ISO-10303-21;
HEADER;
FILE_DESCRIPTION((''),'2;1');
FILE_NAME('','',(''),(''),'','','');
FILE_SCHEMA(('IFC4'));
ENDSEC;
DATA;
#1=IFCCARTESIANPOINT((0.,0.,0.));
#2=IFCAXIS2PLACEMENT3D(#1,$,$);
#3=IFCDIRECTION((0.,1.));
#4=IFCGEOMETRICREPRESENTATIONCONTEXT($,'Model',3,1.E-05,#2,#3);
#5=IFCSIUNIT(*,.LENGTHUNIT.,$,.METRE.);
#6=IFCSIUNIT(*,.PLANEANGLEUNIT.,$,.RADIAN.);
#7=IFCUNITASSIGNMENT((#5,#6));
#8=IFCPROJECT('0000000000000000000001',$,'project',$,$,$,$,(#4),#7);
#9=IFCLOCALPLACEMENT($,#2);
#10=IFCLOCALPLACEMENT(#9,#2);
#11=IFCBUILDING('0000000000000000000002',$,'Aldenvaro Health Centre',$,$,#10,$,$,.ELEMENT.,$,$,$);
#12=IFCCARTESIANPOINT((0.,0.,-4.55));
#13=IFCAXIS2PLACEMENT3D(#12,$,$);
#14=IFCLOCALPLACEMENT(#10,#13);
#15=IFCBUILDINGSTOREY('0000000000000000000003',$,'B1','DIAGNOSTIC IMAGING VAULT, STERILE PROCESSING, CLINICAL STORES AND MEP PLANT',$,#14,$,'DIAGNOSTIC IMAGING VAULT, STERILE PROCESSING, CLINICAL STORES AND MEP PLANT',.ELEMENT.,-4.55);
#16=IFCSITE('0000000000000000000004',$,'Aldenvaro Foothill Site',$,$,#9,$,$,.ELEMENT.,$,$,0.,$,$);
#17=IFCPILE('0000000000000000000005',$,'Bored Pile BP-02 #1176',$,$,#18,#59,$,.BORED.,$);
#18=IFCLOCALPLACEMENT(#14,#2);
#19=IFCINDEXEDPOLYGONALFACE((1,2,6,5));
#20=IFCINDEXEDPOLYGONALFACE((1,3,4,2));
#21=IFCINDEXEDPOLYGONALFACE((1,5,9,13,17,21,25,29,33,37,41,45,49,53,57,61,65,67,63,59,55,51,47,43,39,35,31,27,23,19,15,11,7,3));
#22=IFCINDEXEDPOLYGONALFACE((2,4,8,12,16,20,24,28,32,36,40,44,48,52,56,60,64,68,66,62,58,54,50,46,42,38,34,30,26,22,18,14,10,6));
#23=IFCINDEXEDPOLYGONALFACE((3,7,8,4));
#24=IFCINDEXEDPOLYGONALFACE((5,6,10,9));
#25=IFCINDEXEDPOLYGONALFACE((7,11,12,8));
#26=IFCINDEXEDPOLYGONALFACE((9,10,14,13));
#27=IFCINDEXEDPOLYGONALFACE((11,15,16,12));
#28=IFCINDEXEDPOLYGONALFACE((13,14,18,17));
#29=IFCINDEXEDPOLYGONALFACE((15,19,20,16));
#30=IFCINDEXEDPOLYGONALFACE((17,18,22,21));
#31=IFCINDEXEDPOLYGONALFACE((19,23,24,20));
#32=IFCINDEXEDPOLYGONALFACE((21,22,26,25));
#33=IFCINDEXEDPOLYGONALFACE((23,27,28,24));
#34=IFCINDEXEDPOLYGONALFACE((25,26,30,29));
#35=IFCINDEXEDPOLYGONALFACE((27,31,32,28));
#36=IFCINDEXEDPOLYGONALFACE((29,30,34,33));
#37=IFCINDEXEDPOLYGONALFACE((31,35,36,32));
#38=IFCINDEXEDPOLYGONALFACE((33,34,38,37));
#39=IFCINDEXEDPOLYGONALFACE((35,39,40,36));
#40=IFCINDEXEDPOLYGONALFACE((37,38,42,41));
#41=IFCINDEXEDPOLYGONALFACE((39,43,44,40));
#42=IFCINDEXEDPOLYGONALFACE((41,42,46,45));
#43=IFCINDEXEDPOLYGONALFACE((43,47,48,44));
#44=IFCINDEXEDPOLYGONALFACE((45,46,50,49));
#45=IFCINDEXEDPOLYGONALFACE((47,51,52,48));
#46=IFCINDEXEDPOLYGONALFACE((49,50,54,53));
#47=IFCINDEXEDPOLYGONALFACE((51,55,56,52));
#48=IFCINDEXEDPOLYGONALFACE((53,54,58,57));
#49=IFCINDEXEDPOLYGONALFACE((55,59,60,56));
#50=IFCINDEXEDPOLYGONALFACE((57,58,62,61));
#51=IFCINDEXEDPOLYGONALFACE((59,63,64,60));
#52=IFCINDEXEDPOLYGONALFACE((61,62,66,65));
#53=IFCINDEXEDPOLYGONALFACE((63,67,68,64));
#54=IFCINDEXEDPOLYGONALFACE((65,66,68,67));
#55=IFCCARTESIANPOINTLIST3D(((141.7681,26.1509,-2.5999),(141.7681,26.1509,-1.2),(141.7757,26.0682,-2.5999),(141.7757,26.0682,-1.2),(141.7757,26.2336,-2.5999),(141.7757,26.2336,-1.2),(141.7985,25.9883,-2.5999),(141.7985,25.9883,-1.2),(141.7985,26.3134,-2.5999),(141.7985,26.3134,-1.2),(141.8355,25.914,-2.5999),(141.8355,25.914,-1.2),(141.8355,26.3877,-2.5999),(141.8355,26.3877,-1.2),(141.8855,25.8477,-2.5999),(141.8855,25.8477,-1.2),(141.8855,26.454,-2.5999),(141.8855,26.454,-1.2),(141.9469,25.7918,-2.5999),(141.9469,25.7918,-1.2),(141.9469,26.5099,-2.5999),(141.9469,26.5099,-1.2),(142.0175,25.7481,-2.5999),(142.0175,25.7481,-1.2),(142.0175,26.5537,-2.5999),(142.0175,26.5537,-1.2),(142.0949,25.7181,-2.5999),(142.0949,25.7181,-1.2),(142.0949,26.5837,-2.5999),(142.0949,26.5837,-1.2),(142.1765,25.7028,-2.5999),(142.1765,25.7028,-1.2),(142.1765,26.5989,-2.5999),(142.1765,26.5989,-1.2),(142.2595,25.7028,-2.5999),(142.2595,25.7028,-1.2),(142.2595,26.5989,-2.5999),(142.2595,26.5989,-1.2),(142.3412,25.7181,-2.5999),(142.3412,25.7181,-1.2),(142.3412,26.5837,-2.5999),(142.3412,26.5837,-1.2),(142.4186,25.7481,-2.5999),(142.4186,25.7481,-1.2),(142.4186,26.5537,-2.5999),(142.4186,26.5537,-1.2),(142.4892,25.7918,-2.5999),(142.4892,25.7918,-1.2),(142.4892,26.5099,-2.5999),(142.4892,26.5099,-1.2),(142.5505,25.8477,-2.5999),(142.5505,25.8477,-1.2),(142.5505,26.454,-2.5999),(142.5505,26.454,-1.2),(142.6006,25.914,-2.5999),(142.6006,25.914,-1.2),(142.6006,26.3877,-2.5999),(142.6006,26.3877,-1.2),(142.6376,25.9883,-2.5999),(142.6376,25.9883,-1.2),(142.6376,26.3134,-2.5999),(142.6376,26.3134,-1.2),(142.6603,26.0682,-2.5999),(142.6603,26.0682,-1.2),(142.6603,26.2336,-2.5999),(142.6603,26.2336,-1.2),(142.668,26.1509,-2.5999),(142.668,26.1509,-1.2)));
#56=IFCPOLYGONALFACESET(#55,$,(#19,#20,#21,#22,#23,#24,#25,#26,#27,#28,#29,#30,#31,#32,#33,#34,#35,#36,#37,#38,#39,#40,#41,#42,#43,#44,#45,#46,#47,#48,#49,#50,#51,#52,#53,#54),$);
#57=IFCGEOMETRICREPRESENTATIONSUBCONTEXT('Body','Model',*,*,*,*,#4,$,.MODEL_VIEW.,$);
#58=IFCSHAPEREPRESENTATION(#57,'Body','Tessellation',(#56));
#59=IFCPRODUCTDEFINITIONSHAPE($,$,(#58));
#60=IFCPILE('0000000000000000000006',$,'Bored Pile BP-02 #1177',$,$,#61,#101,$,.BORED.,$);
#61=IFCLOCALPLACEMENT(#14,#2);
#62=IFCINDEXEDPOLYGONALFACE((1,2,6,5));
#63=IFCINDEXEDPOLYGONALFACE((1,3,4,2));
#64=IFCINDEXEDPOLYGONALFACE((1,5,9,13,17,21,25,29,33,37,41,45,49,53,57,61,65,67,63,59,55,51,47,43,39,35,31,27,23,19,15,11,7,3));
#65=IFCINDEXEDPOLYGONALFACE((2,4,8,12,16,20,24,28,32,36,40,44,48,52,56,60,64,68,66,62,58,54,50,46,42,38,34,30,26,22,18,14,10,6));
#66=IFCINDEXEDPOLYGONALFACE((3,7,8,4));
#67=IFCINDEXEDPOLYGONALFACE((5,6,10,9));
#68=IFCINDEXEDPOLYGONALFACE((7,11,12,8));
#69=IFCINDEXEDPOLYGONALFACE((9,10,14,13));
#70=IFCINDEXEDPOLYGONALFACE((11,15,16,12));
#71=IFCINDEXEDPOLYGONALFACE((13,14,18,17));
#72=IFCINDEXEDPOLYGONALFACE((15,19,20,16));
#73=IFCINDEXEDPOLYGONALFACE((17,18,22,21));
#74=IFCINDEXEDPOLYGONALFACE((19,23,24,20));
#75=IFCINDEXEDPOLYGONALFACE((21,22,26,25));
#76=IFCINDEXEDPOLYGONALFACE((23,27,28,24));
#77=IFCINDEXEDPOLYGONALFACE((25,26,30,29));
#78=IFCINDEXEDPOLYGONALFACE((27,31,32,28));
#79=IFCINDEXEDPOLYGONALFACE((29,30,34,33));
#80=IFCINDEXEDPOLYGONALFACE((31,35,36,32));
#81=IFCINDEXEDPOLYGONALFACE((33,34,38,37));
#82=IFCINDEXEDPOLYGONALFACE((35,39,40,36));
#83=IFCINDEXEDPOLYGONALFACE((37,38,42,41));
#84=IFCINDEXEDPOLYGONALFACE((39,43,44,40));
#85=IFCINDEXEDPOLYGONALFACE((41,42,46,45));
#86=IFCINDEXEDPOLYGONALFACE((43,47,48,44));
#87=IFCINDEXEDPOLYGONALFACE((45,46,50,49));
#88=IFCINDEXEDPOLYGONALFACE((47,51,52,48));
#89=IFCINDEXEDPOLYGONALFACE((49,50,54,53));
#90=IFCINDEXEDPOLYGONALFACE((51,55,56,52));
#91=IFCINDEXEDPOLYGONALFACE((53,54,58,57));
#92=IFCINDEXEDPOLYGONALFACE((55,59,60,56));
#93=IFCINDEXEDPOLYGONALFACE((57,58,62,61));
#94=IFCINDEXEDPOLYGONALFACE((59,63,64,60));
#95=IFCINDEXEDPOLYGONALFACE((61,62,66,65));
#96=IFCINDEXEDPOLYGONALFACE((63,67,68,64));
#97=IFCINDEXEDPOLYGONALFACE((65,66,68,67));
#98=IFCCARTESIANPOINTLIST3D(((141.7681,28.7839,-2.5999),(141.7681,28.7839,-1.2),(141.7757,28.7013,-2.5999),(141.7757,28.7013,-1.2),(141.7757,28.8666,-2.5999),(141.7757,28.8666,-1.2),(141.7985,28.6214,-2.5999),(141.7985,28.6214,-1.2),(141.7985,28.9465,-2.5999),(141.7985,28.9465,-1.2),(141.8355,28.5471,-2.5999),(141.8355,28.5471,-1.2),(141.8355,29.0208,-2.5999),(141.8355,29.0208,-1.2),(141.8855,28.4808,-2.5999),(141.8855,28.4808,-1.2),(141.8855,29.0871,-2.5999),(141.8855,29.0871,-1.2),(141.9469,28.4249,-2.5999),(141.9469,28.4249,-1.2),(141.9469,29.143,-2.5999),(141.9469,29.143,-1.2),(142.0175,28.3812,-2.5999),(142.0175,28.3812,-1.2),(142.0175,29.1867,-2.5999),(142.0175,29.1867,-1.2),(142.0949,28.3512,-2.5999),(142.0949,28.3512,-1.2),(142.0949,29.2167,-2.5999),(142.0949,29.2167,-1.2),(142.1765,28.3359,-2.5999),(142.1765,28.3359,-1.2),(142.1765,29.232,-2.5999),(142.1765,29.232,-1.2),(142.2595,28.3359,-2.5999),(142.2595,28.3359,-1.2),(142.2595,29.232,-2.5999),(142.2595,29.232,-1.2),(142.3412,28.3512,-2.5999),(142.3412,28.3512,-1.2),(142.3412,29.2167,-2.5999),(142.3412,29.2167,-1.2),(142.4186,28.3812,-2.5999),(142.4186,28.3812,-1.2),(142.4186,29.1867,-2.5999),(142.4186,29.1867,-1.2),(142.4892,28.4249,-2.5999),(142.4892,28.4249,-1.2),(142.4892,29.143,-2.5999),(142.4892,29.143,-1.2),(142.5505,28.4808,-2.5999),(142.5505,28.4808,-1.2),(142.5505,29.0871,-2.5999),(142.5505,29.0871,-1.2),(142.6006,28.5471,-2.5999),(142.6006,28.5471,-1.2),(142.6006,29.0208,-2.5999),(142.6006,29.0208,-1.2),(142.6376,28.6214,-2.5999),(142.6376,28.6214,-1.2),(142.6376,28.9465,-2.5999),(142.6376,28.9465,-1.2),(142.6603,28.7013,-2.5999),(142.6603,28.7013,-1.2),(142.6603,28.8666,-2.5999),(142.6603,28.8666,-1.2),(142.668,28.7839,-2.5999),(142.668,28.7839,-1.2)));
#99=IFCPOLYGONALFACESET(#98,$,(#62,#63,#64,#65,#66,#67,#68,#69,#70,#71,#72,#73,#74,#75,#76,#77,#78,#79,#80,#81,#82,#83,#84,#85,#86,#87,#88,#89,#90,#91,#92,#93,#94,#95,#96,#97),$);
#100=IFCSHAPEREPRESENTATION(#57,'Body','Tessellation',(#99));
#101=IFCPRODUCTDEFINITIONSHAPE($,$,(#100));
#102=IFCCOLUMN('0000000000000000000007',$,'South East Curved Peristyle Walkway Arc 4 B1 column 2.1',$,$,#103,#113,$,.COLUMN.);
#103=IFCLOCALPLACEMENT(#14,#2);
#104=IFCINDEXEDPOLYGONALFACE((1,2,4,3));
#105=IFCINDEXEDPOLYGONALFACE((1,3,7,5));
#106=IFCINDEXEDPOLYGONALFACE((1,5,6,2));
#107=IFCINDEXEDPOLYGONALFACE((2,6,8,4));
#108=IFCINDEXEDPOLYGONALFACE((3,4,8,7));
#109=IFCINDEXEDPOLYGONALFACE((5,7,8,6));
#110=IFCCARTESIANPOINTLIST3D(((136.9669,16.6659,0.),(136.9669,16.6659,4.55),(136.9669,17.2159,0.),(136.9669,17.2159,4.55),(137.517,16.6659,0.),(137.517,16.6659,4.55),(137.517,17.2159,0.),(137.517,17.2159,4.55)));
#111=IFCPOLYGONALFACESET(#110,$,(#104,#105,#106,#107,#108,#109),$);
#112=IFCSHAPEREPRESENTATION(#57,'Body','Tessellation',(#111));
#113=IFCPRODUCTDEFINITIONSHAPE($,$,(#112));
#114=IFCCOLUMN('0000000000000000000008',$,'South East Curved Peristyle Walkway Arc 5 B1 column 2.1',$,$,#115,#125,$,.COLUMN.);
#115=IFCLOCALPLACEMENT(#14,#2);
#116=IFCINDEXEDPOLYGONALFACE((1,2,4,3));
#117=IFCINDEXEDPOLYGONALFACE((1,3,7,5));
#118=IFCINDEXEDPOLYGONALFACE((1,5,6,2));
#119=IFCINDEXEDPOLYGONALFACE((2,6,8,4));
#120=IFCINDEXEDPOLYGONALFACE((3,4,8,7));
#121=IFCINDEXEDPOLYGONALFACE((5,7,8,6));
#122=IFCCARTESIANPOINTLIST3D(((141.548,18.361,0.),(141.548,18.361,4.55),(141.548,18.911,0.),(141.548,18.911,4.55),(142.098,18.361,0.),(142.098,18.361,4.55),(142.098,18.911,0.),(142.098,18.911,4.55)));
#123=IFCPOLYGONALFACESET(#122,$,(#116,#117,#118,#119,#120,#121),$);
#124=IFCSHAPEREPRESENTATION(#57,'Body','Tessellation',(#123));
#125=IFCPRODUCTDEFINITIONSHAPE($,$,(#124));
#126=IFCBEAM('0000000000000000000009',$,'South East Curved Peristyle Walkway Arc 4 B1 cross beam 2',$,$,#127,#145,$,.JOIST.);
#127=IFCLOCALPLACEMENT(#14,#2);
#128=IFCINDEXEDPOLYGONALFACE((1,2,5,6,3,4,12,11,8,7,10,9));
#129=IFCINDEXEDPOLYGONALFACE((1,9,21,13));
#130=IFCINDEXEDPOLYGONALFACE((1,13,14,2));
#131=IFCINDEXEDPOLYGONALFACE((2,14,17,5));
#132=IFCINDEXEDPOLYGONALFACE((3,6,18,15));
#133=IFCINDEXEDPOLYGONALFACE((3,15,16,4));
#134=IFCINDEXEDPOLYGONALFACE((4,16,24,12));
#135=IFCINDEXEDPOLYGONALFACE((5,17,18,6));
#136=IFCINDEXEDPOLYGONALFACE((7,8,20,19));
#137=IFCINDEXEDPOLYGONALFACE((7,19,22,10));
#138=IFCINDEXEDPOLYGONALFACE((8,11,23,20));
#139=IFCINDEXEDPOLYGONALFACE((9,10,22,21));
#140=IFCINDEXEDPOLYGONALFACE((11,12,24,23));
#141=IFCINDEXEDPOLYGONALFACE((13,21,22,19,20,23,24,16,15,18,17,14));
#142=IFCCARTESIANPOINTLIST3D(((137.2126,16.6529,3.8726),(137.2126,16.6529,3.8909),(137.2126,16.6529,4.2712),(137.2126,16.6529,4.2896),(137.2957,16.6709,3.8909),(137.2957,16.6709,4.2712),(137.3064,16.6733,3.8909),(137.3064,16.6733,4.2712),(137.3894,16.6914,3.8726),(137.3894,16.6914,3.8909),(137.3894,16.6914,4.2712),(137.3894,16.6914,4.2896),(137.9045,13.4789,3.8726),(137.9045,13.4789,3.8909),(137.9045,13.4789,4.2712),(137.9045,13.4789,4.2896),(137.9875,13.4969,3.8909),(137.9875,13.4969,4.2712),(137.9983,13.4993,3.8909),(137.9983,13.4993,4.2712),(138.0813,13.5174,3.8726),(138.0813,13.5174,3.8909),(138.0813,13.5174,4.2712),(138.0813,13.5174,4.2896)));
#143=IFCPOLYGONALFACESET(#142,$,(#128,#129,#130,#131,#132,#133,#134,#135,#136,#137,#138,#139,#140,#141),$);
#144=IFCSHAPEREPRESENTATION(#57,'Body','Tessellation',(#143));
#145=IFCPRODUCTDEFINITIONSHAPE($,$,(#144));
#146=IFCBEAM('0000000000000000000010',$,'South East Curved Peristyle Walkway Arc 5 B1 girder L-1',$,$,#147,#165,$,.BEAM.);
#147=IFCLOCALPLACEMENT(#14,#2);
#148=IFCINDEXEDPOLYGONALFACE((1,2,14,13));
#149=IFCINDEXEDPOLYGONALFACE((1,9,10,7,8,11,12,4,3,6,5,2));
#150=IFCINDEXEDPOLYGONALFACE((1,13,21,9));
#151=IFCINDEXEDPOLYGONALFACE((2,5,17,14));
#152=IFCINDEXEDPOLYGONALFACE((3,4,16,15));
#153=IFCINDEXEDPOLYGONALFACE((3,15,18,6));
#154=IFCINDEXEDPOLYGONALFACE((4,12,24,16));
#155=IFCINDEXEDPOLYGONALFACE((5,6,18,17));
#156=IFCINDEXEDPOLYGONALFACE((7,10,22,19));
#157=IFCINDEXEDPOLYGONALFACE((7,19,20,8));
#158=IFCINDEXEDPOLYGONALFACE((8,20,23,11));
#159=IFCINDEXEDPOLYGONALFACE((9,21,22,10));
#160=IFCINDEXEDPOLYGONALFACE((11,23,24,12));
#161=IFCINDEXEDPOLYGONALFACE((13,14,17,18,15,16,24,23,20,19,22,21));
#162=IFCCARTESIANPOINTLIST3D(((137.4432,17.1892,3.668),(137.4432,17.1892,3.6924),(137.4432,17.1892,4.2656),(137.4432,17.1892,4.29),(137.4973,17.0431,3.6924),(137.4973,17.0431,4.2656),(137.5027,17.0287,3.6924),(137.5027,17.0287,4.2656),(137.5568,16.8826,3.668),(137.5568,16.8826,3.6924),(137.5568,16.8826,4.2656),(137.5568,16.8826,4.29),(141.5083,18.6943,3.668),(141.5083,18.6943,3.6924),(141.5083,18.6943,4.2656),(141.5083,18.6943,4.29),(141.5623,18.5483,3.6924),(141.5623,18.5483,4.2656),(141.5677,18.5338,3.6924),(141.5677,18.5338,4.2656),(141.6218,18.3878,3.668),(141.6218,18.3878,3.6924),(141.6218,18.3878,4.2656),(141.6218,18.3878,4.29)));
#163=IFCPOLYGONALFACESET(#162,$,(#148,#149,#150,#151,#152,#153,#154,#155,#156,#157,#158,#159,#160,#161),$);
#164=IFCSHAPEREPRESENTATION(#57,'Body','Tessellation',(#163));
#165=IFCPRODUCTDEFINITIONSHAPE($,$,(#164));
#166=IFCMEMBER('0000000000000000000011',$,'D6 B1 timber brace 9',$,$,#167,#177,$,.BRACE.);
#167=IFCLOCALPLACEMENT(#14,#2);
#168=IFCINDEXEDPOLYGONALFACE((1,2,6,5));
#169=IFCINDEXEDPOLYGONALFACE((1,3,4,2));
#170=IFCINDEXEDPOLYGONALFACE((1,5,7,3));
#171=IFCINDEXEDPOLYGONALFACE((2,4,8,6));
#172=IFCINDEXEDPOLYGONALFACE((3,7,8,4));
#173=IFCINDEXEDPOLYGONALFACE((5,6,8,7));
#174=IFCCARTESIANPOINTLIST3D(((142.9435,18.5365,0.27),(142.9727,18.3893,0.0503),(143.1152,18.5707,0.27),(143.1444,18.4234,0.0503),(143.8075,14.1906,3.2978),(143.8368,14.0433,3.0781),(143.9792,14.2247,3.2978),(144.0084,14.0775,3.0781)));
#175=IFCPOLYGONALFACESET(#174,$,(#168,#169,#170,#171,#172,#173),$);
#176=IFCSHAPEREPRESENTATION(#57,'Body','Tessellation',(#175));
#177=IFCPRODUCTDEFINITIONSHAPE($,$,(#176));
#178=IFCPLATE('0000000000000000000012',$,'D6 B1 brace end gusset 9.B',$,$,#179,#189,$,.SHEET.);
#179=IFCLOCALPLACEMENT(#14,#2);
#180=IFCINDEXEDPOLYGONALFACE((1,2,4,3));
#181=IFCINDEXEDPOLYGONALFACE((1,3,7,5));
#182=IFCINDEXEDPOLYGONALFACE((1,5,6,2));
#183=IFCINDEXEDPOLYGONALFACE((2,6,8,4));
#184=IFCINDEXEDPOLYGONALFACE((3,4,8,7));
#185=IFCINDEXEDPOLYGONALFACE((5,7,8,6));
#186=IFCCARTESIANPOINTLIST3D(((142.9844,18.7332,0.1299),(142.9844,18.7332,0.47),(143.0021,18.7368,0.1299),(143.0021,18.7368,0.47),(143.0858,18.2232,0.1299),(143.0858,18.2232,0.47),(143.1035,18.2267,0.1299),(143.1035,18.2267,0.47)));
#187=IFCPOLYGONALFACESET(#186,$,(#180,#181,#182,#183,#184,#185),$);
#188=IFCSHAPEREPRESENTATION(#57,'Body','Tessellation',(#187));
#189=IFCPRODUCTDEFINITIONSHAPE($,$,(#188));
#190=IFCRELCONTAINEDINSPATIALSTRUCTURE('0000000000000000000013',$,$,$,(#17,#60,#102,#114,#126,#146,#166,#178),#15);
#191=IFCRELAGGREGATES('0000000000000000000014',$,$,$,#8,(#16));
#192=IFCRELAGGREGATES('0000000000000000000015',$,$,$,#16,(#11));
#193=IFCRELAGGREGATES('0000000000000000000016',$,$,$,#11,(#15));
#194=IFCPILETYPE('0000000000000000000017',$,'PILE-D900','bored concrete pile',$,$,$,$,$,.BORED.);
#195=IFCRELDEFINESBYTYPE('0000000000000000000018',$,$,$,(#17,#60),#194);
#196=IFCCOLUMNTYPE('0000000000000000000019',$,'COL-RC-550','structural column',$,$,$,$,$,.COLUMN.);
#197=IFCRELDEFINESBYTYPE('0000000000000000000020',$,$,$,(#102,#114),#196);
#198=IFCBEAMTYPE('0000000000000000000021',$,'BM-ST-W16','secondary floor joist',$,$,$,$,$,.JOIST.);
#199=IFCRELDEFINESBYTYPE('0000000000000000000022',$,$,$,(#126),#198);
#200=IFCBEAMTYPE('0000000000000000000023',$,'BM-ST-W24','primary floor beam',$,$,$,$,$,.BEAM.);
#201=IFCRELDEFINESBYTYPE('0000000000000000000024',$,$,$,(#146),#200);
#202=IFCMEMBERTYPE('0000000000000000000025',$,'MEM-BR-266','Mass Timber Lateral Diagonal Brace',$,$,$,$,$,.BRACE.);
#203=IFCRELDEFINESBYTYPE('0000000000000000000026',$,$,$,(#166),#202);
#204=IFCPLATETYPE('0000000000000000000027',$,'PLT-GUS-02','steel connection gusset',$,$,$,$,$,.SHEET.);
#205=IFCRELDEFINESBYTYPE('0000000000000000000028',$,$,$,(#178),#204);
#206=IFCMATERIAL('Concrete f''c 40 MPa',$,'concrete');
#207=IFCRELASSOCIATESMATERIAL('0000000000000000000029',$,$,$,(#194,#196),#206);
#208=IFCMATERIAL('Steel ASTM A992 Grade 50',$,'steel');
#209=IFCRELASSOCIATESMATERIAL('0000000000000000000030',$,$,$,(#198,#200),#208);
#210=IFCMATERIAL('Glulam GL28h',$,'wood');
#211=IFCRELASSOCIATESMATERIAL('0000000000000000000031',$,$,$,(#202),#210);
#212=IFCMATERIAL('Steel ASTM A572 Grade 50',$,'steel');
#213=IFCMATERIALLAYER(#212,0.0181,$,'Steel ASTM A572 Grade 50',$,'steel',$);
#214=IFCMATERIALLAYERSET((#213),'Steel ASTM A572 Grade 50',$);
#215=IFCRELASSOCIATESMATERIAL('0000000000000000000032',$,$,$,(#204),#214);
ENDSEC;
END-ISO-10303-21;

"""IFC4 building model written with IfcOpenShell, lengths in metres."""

from ifc_helpers import new_model, si_unit, direction, frame, origin, origin_2d, place, context, subcontext, project, spatial, rectangle, circle, i_section, extrude, material, layer, layer_set, material_profile, profile_set, type_object, element, save


model = new_model("IFC4")

# Units and contexts
model_context = context("Model", 3, precision=1e-05, world=origin(), true_north=direction((0.0, 1.0)))
body_context = subcontext(model_context, "Body", "Model", "MODEL_VIEW")
ifc_project = project(units=[si_unit("LENGTHUNIT", "METRE"), si_unit("PLANEANGLEUNIT", "RADIAN")], contexts=[model_context])

# Site, building, storey
site_placement = place(None, origin())
site = spatial("IfcSite", under=ifc_project, at=site_placement, Name="Aldenvaro Foothill Site", CompositionType="ELEMENT", RefElevation=0.0)
building_placement = place(site_placement, origin())
building = spatial("IfcBuilding", under=site, at=building_placement, Name="Aldenvaro Health Centre", CompositionType="ELEMENT")
storey_placement = place(building_placement, frame((0.0, 0.0, -4.55)))
storey = spatial("IfcBuildingStorey", under=building, at=storey_placement, Name="B1", Description="DIAGNOSTIC IMAGING VAULT, STERILE PROCESSING, CLINICAL STORES AND MEP PLANT", LongName="DIAGNOSTIC IMAGING VAULT, STERILE PROCESSING, CLINICAL STORES AND MEP PLANT", CompositionType="ELEMENT", Elevation=-4.55)

# Piles
ifc_material_1 = material(Name="Concrete f'c 40 MPa", Category="concrete")
ifc_material_profile_1 = material_profile(ifc_material_1, circle(Radius=0.45, at=origin_2d()), Name="PILE D900", Category="concrete")
ifc_profile_set_1 = profile_set([ifc_material_profile_1], Name="Concrete f'c 40 MPa")
pile_type = type_object("IfcPileType", Name="PILE-D900", Description="bored concrete pile", PredefinedType="BORED", material=ifc_profile_set_1)
for number, where, z_axis, x_axis, name in (
    (1, (142.218, 26.1509, -1.2), (0.0, 0.0, -1.0), (1.0, 0.0, 0.0), "Bored Pile BP-02 #1176"),
    (2, (142.218, 28.7839, -1.2), (0.0, 0.0, -1.0), (1.0, 0.0, 0.0), "Bored Pile BP-02 #1177"),
):
    element("IfcPile", number, at=place(storey_placement, frame(where, z_axis=z_axis, x_axis=x_axis)), inside=storey, type_object=pile_type, Name=name, PredefinedType="BORED", context=body_context, shape_type="SweptSolid", body=[
        extrude(circle(Radius=0.45, at=origin_2d()), origin(), (0.0, 0.0, 1.0), 1.3999),
    ])

# Columns
ifc_material_profile_2 = material_profile(ifc_material_1, rectangle(XDim=0.55, YDim=0.55, at=origin_2d()), Name="RC 550x550", Category="concrete")
ifc_profile_set_2 = profile_set([ifc_material_profile_2], Name="Concrete f'c 40 MPa")
column_type = type_object("IfcColumnType", Name="COL-RC-550", Description="structural column", PredefinedType="COLUMN", material=ifc_profile_set_2)
for number, where, z_axis, x_axis, name in (
    (3, (137.2419, 16.9409, 0.0), (0.0, 0.0, 1.0), (1.0, 0.0, 0.0), "South East Curved Peristyle Walkway Arc 4 B1 column 2.1"),
    (4, (141.823, 18.636, 0.0), (0.0, 0.0, 1.0), (1.0, 0.0, 0.0), "South East Curved Peristyle Walkway Arc 5 B1 column 2.1"),
):
    element("IfcColumn", number, at=place(storey_placement, frame(where, z_axis=z_axis, x_axis=x_axis)), inside=storey, type_object=column_type, Name=name, PredefinedType="COLUMN", context=body_context, shape_type="SweptSolid", body=[
        extrude(rectangle(XDim=0.55, YDim=0.55, at=origin_2d()), origin(), (0.0, 0.0, 1.0), 4.55),
    ])

# Beams
ifc_material_2 = material(Name="Steel ASTM A992 Grade 50", Category="steel")
ifc_material_profile_3 = material_profile(ifc_material_2, i_section(OverallWidth=0.1809, OverallDepth=0.417, WebThickness=0.011, FlangeThickness=0.0183, at=origin_2d()), Name="W16X57", Category="steel")
ifc_profile_set_3 = profile_set([ifc_material_profile_3], Name="Steel ASTM A992 Grade 50")
beam_type_1 = type_object("IfcBeamType", Name="BM-ST-W16", Description="secondary floor joist", PredefinedType="JOIST", material=ifc_profile_set_3)
beam_1_placement = place(storey_placement, frame((137.301, 16.6721, 4.0811), z_axis=(0.212982, -0.977056, 0.0), x_axis=(0.977056, 0.212982, 0.0)))
element("IfcBeam", 5, at=beam_1_placement, inside=storey, type_object=beam_type_1, Name="South East Curved Peristyle Walkway Arc 4 B1 cross beam 2", PredefinedType="JOIST", context=body_context, shape_type="SweptSolid", body=[
    extrude(i_section(OverallWidth=0.1809, OverallDepth=0.417, WebThickness=0.011, FlangeThickness=0.0183, at=origin_2d()), origin(), (0.0, 0.0, 1.0), 3.2485),
])
ifc_material_profile_4 = material_profile(ifc_material_2, i_section(OverallWidth=0.3269, OverallDepth=0.6221, WebThickness=0.0154, FlangeThickness=0.0244, at=origin_2d()), Name="W24X131", Category="steel")
ifc_profile_set_4 = profile_set([ifc_material_profile_4], Name="Steel ASTM A992 Grade 50")
beam_type_2 = type_object("IfcBeamType", Name="BM-ST-W24", Description="primary floor beam", PredefinedType="BEAM", material=ifc_profile_set_4)
beam_2_placement = place(storey_placement, frame((137.5, 17.0359, 3.979), z_axis=(0.937779, 0.347232, 0.0), x_axis=(-0.347232, 0.937779, 0.0)))
element("IfcBeam", 6, at=beam_2_placement, inside=storey, type_object=beam_type_2, Name="South East Curved Peristyle Walkway Arc 5 B1 girder L-1", PredefinedType="BEAM", context=body_context, shape_type="SweptSolid", body=[
    extrude(i_section(OverallWidth=0.3269, OverallDepth=0.6221, WebThickness=0.0154, FlangeThickness=0.0244, at=origin_2d()), origin(), (0.0, 0.0, 1.0), 4.3347),
])

# Member
ifc_material_3 = material(Name="Glulam GL28h", Category="wood")
ifc_material_profile_5 = material_profile(ifc_material_3, rectangle(XDim=0.175, YDim=0.2661, at=origin_2d()), Name="GL 175x266", Category="wood")
ifc_profile_set_5 = profile_set([ifc_material_profile_5], Name="Glulam GL28h")
member_type = type_object("IfcMemberType", Name="MEM-BR-266", Description="Mass Timber Lateral Diagonal Brace", PredefinedType="BRACE", material=ifc_profile_set_5)
member_placement = place(storey_placement, frame((143.0439, 18.48, 0.1602), z_axis=(0.160995, -0.809798, 0.564188), x_axis=(0.980805, 0.194993, 0.0)))
element("IfcMember", 7, at=member_placement, inside=storey, type_object=member_type, Name="D6 B1 timber brace 9", PredefinedType="BRACE", context=body_context, shape_type="SweptSolid", body=[
    extrude(rectangle(XDim=0.175, YDim=0.2661, at=origin_2d()), origin(), (0.0, 0.0, 1.0), 5.3667),
])

# Plate
ifc_material_4 = material(Name="Steel ASTM A572 Grade 50", Category="steel")
ifc_layer_1 = layer(ifc_material_4, 0.0181, Name="Steel ASTM A572 Grade 50", Category="steel")
ifc_layer_set_1 = layer_set([ifc_layer_1], Name="Steel ASTM A572 Grade 50")
plate_type = type_object("IfcPlateType", Name="PLT-GUS-02", Description="steel connection gusset", PredefinedType="SHEET", material=ifc_layer_set_1)
plate_placement = place(storey_placement, frame((143.0439, 18.48, 0.1299), z_axis=(0.0, 0.0, 1.0), x_axis=(0.194988, -0.980806, 0.0)))
element("IfcPlate", 8, at=plate_placement, inside=storey, type_object=plate_type, Name="D6 B1 brace end gusset 9.B", PredefinedType="SHEET", context=body_context, shape_type="SweptSolid", body=[
    extrude(rectangle(XDim=0.52, YDim=0.0181, at=origin_2d()), origin(), (0.0, 0.0, 1.0), 0.3401),
])

save(model, "model.ifc")
